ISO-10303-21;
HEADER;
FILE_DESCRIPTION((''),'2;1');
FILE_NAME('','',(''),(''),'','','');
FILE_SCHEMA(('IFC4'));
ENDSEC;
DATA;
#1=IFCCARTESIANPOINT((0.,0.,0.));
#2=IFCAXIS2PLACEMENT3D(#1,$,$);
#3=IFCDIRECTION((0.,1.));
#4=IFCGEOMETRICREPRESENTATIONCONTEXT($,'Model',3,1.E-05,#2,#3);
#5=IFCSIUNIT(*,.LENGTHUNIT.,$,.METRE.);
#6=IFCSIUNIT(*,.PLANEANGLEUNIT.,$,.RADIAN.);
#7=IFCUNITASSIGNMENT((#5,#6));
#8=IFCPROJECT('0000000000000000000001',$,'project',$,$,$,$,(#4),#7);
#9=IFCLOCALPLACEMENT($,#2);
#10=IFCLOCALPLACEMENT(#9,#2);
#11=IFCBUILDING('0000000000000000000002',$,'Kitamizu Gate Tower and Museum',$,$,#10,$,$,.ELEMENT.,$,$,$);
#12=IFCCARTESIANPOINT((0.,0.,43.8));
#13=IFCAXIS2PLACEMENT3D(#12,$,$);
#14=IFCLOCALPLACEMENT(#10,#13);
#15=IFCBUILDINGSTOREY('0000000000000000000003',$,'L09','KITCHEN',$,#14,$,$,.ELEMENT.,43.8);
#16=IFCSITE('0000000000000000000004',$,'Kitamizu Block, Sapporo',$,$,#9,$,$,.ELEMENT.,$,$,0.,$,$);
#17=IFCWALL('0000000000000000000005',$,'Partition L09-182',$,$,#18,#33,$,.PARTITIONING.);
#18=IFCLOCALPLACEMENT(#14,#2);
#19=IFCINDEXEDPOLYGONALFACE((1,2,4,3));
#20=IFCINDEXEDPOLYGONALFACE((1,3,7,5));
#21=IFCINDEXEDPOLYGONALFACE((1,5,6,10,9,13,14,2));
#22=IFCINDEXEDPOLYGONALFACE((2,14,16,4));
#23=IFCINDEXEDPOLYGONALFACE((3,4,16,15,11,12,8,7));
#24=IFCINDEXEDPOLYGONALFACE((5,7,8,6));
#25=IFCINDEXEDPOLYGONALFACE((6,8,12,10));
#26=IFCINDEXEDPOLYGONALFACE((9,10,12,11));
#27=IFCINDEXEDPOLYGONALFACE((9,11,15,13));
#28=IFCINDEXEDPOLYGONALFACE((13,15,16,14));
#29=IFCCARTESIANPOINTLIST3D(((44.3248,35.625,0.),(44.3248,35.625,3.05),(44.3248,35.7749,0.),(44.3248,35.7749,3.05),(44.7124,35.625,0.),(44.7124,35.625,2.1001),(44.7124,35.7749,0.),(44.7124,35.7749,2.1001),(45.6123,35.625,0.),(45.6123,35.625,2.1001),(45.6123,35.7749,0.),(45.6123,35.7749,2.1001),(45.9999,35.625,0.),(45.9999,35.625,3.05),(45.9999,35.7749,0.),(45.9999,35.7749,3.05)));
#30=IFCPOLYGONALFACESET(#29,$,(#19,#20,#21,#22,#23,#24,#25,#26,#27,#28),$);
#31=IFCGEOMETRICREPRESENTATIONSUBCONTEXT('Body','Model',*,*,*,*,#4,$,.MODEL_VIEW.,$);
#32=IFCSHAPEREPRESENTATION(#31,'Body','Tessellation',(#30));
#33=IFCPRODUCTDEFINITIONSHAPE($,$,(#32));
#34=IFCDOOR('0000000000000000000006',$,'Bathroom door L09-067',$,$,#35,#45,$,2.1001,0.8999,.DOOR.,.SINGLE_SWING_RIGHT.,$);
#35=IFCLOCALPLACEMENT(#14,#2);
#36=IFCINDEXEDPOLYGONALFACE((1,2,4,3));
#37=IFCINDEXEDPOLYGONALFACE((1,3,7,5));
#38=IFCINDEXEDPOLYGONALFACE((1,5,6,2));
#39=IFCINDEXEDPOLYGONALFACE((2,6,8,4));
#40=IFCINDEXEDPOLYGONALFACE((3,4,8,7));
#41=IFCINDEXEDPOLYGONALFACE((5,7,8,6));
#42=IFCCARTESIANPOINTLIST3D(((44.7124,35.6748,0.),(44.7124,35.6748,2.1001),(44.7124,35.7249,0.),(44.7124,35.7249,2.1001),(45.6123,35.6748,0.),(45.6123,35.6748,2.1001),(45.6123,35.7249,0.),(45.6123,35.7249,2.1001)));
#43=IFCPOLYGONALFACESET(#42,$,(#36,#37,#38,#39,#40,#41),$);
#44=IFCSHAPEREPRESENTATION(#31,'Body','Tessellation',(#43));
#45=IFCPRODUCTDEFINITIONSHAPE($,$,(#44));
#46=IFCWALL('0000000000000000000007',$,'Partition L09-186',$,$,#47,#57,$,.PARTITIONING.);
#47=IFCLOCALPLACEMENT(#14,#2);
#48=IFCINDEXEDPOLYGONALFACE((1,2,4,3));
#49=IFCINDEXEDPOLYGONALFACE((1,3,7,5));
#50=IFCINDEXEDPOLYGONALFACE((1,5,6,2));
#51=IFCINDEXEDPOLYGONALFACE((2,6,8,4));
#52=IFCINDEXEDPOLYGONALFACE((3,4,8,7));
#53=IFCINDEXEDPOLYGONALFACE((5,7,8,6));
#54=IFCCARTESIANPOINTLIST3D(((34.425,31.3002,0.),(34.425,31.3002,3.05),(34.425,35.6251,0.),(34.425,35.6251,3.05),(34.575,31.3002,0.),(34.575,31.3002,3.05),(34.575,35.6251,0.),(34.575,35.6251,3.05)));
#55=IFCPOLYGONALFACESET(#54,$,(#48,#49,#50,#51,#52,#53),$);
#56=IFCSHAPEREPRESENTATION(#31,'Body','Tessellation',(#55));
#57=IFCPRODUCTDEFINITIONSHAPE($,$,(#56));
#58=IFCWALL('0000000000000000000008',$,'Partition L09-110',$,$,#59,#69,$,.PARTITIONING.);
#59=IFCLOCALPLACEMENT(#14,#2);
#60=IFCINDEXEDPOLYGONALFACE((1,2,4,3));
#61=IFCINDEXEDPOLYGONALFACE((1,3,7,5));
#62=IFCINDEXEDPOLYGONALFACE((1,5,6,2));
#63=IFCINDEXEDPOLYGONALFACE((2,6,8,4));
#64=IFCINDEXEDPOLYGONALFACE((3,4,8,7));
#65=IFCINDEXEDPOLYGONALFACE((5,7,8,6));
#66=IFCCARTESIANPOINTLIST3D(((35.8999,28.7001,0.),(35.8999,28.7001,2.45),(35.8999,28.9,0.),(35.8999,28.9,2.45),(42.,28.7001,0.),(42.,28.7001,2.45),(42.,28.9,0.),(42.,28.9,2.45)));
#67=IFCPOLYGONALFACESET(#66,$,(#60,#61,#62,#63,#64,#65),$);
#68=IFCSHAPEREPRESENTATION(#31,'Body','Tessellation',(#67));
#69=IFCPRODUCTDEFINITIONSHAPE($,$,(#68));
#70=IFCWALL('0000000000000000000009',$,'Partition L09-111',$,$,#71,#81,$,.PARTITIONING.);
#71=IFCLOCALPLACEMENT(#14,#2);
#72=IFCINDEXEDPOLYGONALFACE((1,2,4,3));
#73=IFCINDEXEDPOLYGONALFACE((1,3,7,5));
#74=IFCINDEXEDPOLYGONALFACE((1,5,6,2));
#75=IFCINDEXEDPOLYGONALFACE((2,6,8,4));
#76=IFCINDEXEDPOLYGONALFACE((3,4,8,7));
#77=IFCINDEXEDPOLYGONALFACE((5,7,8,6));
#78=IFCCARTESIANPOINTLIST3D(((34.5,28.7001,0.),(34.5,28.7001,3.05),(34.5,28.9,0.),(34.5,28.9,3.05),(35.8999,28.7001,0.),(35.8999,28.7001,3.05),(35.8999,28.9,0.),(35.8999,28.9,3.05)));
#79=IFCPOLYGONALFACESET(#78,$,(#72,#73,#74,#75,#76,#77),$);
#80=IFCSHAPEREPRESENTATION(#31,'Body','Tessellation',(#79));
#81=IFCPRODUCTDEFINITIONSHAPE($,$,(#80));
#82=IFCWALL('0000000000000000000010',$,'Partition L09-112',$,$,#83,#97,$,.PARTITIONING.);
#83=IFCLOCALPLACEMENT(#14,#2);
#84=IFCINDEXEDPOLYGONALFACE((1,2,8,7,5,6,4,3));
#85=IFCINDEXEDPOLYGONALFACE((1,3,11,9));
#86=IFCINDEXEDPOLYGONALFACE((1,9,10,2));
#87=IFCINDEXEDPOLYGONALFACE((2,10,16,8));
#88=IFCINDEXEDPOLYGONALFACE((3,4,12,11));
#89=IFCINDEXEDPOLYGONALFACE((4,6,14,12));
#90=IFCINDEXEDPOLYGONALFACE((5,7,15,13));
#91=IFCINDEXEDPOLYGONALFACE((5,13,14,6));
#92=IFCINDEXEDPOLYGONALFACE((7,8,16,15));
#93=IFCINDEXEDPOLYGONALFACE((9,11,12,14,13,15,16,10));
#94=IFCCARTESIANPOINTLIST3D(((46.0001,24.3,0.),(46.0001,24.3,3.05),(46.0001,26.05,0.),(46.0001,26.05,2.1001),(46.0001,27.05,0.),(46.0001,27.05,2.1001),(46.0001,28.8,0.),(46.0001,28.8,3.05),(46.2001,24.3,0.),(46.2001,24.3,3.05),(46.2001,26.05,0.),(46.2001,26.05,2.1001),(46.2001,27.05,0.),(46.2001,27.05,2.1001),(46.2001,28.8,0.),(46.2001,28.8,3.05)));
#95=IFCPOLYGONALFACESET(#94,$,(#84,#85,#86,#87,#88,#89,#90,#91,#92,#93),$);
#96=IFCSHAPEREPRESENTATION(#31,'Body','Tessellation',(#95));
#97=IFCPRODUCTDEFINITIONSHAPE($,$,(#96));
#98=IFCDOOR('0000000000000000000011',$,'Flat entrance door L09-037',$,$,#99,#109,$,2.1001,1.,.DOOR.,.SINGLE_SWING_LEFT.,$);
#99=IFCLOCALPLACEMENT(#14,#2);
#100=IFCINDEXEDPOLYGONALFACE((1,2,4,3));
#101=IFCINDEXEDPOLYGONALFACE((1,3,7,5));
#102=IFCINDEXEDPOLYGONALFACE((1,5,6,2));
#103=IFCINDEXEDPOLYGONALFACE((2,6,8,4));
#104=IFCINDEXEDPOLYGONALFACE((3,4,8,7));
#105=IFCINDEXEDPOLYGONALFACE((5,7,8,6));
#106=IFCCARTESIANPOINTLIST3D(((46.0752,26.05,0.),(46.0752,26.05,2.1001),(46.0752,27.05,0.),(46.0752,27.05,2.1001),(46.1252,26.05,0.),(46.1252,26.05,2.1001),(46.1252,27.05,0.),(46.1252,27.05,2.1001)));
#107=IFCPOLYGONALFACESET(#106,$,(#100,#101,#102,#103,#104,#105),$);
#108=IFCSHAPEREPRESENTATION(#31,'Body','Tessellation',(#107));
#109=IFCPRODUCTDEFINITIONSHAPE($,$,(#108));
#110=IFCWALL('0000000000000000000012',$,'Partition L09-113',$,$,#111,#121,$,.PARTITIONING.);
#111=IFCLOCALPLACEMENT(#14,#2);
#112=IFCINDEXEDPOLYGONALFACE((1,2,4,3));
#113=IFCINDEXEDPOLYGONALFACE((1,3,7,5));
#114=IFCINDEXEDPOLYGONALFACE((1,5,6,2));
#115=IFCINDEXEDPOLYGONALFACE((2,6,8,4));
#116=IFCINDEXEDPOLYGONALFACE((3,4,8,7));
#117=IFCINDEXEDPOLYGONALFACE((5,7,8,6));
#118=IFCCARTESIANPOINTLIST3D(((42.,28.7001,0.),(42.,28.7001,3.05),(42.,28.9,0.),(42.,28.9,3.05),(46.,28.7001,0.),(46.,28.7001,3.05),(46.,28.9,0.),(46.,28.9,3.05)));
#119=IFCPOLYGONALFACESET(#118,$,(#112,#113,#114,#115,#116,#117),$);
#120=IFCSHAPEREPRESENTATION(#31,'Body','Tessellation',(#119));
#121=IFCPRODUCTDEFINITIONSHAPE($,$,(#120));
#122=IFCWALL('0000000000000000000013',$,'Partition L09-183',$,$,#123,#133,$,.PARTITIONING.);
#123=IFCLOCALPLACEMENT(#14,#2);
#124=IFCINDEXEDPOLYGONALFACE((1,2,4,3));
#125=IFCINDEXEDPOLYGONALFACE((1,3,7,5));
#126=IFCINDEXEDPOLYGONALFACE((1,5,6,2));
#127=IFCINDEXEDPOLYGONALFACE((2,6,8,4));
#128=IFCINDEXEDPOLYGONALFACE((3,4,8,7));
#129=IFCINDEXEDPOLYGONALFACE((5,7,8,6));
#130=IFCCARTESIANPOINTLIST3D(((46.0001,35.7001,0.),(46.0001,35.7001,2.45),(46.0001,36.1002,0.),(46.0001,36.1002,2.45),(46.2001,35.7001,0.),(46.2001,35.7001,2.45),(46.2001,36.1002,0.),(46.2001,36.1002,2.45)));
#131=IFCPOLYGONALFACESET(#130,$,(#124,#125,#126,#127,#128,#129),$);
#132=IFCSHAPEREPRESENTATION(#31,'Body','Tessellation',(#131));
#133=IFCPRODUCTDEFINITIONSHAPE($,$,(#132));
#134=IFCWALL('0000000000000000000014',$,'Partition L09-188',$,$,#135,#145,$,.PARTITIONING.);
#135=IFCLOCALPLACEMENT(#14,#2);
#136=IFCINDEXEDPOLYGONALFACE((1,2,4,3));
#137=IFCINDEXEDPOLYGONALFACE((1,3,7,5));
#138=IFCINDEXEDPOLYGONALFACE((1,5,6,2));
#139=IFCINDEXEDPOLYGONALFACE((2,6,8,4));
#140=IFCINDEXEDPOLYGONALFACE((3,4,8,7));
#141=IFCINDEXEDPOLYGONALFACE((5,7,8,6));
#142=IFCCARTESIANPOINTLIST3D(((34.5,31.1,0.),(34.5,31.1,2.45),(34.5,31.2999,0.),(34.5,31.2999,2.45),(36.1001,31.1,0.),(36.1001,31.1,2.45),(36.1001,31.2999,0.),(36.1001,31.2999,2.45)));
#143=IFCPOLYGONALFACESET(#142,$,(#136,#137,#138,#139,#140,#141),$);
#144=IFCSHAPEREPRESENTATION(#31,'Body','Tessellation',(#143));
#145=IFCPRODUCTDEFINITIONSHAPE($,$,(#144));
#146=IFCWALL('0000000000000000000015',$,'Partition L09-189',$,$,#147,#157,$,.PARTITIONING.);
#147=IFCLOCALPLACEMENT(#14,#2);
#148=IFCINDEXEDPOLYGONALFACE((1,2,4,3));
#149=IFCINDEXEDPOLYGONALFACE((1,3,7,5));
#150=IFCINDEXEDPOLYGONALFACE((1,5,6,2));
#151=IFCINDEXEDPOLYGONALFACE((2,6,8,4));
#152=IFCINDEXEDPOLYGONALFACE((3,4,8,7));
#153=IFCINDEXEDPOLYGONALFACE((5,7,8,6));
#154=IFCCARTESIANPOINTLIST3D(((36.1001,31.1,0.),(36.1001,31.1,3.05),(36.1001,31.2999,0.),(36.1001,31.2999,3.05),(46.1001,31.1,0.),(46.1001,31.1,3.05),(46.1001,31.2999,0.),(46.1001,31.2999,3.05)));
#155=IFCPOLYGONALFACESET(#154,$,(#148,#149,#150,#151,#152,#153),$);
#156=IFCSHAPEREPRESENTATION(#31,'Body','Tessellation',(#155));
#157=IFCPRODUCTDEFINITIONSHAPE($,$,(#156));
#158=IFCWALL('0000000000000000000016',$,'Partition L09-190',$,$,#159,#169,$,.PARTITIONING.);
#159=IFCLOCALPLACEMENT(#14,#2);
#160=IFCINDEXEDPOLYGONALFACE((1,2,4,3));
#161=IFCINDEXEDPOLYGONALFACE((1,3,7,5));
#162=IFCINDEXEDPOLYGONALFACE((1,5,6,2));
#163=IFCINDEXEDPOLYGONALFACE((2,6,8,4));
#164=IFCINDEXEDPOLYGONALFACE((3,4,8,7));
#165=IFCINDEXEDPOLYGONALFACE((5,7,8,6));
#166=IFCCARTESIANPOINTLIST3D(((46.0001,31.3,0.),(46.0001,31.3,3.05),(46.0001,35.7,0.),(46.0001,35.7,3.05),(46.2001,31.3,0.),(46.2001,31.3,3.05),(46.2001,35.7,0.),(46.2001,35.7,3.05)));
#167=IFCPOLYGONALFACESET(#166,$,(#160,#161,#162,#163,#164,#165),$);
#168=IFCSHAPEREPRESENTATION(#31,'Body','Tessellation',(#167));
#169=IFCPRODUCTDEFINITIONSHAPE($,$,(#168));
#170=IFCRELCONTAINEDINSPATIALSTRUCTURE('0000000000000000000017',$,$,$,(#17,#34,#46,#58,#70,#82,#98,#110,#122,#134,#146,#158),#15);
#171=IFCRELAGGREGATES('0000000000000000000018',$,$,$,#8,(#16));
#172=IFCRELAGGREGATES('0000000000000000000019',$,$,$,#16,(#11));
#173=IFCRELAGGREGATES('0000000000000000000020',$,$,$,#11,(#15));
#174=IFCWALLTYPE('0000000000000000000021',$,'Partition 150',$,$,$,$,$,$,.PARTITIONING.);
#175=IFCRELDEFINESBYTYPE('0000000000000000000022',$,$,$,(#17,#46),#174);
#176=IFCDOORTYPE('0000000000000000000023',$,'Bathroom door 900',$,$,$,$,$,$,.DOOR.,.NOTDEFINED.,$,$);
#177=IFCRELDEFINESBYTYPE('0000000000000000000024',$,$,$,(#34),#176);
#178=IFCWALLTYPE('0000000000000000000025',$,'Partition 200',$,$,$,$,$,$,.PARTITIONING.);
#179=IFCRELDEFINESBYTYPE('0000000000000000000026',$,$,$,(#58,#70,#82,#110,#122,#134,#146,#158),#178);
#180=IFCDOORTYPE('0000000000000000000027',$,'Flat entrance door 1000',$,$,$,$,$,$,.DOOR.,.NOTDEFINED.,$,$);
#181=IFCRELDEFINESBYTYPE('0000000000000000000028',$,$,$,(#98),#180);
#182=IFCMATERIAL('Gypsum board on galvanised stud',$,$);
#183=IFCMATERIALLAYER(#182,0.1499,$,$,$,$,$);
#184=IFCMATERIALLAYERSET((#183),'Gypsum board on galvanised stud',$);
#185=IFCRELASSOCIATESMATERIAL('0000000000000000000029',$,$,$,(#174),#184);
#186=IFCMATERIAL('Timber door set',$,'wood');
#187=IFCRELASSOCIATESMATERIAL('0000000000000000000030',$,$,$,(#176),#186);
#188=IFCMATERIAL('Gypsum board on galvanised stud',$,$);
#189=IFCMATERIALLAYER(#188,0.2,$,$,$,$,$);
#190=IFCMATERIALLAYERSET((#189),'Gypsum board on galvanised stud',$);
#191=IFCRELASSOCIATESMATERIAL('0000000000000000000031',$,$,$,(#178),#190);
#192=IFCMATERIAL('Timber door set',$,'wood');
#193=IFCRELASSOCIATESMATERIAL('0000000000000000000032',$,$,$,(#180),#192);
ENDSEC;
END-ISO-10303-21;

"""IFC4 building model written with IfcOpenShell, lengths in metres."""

from ifc_helpers import new_model, si_unit, direction, frame, frame_2d, origin, place, context, subcontext, project, spatial, rectangle, extrude, material, layer, layer_set, type_object, element, fill, save


model = new_model("IFC4")

# Units and contexts
model_context = context("Model", 3, precision=1e-05, world=origin(), true_north=direction((0.0, 1.0)))
body_context = subcontext(model_context, "Body", "Model", "MODEL_VIEW")
ifc_project = project(units=[si_unit("LENGTHUNIT", "METRE"), si_unit("PLANEANGLEUNIT", "RADIAN")], contexts=[model_context])

# Site, building, storey
site_placement = place(None, origin())
site = spatial("IfcSite", under=ifc_project, at=site_placement, Name="Kitamizu Block, Sapporo", CompositionType="ELEMENT", RefElevation=0.0)
building_placement = place(site_placement, origin())
building = spatial("IfcBuilding", under=site, at=building_placement, Name="Kitamizu Gate Tower and Museum", CompositionType="ELEMENT")
storey_placement = place(building_placement, frame((0.0, 0.0, 43.8)))
storey = spatial("IfcBuildingStorey", under=building, at=storey_placement, Name="L09", Description="KITCHEN", CompositionType="ELEMENT", Elevation=43.8)

# Shared definitions
ifc_material_1 = material(Name="Gypsum board on galvanised stud")
ifc_layer_1 = layer(ifc_material_1, 0.1499)
ifc_layer_set_1 = layer_set([ifc_layer_1], Name="Gypsum board on galvanised stud")
wall_type_1 = type_object("IfcWallType", Name="Partition 150", PredefinedType="PARTITIONING", material=ifc_layer_set_1)

# Wall, opening, door
wall_1_placement = place(storey_placement, frame((44.325, 35.7, 0.0), z_axis=(0.0, 0.0, 1.0), x_axis=(1.0, 0.0, 0.0)))
wall_1 = element("IfcWall", 1, at=wall_1_placement, inside=storey, type_object=wall_type_1, Name="Partition L09-182", PredefinedType="PARTITIONING", context=body_context, shape_type="SweptSolid", body=[
    extrude(rectangle(XDim=1.675, YDim=0.1499, at=frame_2d((0.8374, 0.0))), origin(), (0.0, 0.0, 1.0), 3.05),
])
opening_1_placement = place(wall_1_placement, frame((0.3875, 0.0, 0.0)))
opening_1 = element("IfcOpeningElement", 2, at=opening_1_placement, cuts=wall_1, PredefinedType="OPENING", context=body_context, shape_type="SweptSolid", body=[
    extrude(rectangle(XDim=0.8999, YDim=2.1001, at=frame_2d((0.45, 1.05))), frame((0.0, 0.085, 0.0), z_axis=(0.0, -1.0, 0.0), x_axis=(1.0, 0.0, 0.0)), (0.0, 0.0, 1.0), 0.1699),
])
ifc_material_2 = material(Name="Timber door set", Category="wood")
door_type_1 = type_object("IfcDoorType", Name="Bathroom door 900", OperationType="NOTDEFINED", PredefinedType="DOOR", material=ifc_material_2)
door_1_placement = place(opening_1_placement, origin())
door_1 = element("IfcDoor", 3, at=door_1_placement, inside=storey, type_object=door_type_1, Name="Bathroom door L09-067", OperationType="SINGLE_SWING_RIGHT", OverallHeight=2.1001, OverallWidth=0.8999, PredefinedType="DOOR", context=body_context, shape_type="SweptSolid", body=[
    extrude(rectangle(XDim=0.8999, YDim=2.1001, at=frame_2d((0.45, 1.05))), frame((0.0, 0.0249, 0.0), z_axis=(0.0, -1.0, 0.0), x_axis=(1.0, 0.0, 0.0)), (0.0, 0.0, 1.0), 0.05),
])
fill(opening_1, door_1)

# Walls
wall_2_placement = place(storey_placement, frame((34.5, 31.3, 0.0), z_axis=(0.0, 0.0, 1.0), x_axis=(0.0, 1.0, 0.0)))
element("IfcWall", 4, at=wall_2_placement, inside=storey, type_object=wall_type_1, Name="Partition L09-186", PredefinedType="PARTITIONING", context=body_context, shape_type="SweptSolid", body=[
    extrude(rectangle(XDim=4.325, YDim=0.1499, at=frame_2d((2.1626, 0.0))), origin(), (0.0, 0.0, 1.0), 3.05),
])
ifc_material_3 = material(Name="Gypsum board on galvanised stud")
ifc_layer_2 = layer(ifc_material_3, 0.2)
ifc_layer_set_2 = layer_set([ifc_layer_2], Name="Gypsum board on galvanised stud")
wall_type_2 = type_object("IfcWallType", Name="Partition 200", PredefinedType="PARTITIONING", material=ifc_layer_set_2)
wall_3_placement = place(storey_placement, frame((42.0, 28.8, 0.0), z_axis=(0.0, 0.0, 1.0), x_axis=(-1.0, 0.0, 0.0)))
element("IfcWall", 5, at=wall_3_placement, inside=storey, type_object=wall_type_2, Name="Partition L09-110", PredefinedType="PARTITIONING", context=body_context, shape_type="SweptSolid", body=[
    extrude(rectangle(XDim=6.1001, YDim=0.2, at=frame_2d((3.05, 0.0))), origin(), (0.0, 0.0, 1.0), 2.45),
])
wall_4_placement = place(storey_placement, frame((35.8999, 28.8, 0.0), z_axis=(0.0, 0.0, 1.0), x_axis=(-1.0, 0.0, 0.0)))
element("IfcWall", 6, at=wall_4_placement, inside=storey, type_object=wall_type_2, Name="Partition L09-111", PredefinedType="PARTITIONING", context=body_context, shape_type="SweptSolid", body=[
    extrude(rectangle(XDim=1.3999, YDim=0.2, at=frame_2d((0.7, 0.0))), origin(), (0.0, 0.0, 1.0), 3.05),
])

# Wall, opening, door
wall_5_placement = place(storey_placement, frame((46.1001, 24.3, 0.0), z_axis=(0.0, 0.0, 1.0), x_axis=(0.0, 1.0, 0.0)))
wall_5 = element("IfcWall", 7, at=wall_5_placement, inside=storey, type_object=wall_type_2, Name="Partition L09-112", PredefinedType="PARTITIONING", context=body_context, shape_type="SweptSolid", body=[
    extrude(rectangle(XDim=4.5, YDim=0.2, at=frame_2d((2.25, 0.0))), origin(), (0.0, 0.0, 1.0), 3.05),
])
opening_2_placement = place(wall_5_placement, frame((1.75, 0.0, 0.0)))
opening_2 = element("IfcOpeningElement", 8, at=opening_2_placement, cuts=wall_5, PredefinedType="OPENING", context=body_context, shape_type="SweptSolid", body=[
    extrude(rectangle(XDim=1.0, YDim=2.1001, at=frame_2d((0.5, 1.05))), frame((0.0, 0.1099, 0.0), z_axis=(0.0, -1.0, 0.0), x_axis=(1.0, 0.0, 0.0)), (0.0, 0.0, 1.0), 0.22),
])
ifc_material_4 = material(Name="Timber door set", Category="wood")
door_type_2 = type_object("IfcDoorType", Name="Flat entrance door 1000", OperationType="NOTDEFINED", PredefinedType="DOOR", material=ifc_material_4)
door_2_placement = place(opening_2_placement, origin())
door_2 = element("IfcDoor", 9, at=door_2_placement, inside=storey, type_object=door_type_2, Name="Flat entrance door L09-037", OperationType="SINGLE_SWING_LEFT", OverallHeight=2.1001, OverallWidth=1.0, PredefinedType="DOOR", context=body_context, shape_type="SweptSolid", body=[
    extrude(rectangle(XDim=1.0, YDim=2.1001, at=frame_2d((0.5, 1.05))), frame((0.0, 0.0249, 0.0), z_axis=(0.0, -1.0, 0.0), x_axis=(1.0, 0.0, 0.0)), (0.0, 0.0, 1.0), 0.05),
])
fill(opening_2, door_2)

# Walls
wall_6_placement = place(storey_placement, frame((46.0, 28.8, 0.0), z_axis=(0.0, 0.0, 1.0), x_axis=(-1.0, 0.0, 0.0)))
element("IfcWall", 10, at=wall_6_placement, inside=storey, type_object=wall_type_2, Name="Partition L09-113", PredefinedType="PARTITIONING", context=body_context, shape_type="SweptSolid", body=[
    extrude(rectangle(XDim=4.0, YDim=0.2, at=frame_2d((2.0, 0.0))), origin(), (0.0, 0.0, 1.0), 3.05),
])
wall_7_placement = place(storey_placement, frame((46.1001, 35.7, 0.0), z_axis=(0.0, 0.0, 1.0), x_axis=(0.0, 1.0, 0.0)))
element("IfcWall", 11, at=wall_7_placement, inside=storey, type_object=wall_type_2, Name="Partition L09-183", PredefinedType="PARTITIONING", context=body_context, shape_type="SweptSolid", body=[
    extrude(rectangle(XDim=0.4001, YDim=0.2, at=frame_2d((0.2002, 0.0))), origin(), (0.0, 0.0, 1.0), 2.45),
])
wall_8_placement = place(storey_placement, frame((34.5, 31.2, 0.0), z_axis=(0.0, 0.0, 1.0), x_axis=(1.0, 0.0, 0.0)))
element("IfcWall", 12, at=wall_8_placement, inside=storey, type_object=wall_type_2, Name="Partition L09-188", PredefinedType="PARTITIONING", context=body_context, shape_type="SweptSolid", body=[
    extrude(rectangle(XDim=1.6001, YDim=0.2, at=frame_2d((0.8, 0.0))), origin(), (0.0, 0.0, 1.0), 2.45),
])
wall_9_placement = place(storey_placement, frame((36.1001, 31.2, 0.0), z_axis=(0.0, 0.0, 1.0), x_axis=(1.0, 0.0, 0.0)))
element("IfcWall", 13, at=wall_9_placement, inside=storey, type_object=wall_type_2, Name="Partition L09-189", PredefinedType="PARTITIONING", context=body_context, shape_type="SweptSolid", body=[
    extrude(rectangle(XDim=10.0, YDim=0.2, at=frame_2d((5.0, 0.0))), origin(), (0.0, 0.0, 1.0), 3.05),
])
wall_10_placement = place(storey_placement, frame((46.1001, 31.3, 0.0), z_axis=(0.0, 0.0, 1.0), x_axis=(0.0, 1.0, 0.0)))
element("IfcWall", 14, at=wall_10_placement, inside=storey, type_object=wall_type_2, Name="Partition L09-190", PredefinedType="PARTITIONING", context=body_context, shape_type="SweptSolid", body=[
    extrude(rectangle(XDim=4.3999, YDim=0.2, at=frame_2d((2.2, 0.0))), origin(), (0.0, 0.0, 1.0), 3.05),
])

save(model, "model.ifc")
